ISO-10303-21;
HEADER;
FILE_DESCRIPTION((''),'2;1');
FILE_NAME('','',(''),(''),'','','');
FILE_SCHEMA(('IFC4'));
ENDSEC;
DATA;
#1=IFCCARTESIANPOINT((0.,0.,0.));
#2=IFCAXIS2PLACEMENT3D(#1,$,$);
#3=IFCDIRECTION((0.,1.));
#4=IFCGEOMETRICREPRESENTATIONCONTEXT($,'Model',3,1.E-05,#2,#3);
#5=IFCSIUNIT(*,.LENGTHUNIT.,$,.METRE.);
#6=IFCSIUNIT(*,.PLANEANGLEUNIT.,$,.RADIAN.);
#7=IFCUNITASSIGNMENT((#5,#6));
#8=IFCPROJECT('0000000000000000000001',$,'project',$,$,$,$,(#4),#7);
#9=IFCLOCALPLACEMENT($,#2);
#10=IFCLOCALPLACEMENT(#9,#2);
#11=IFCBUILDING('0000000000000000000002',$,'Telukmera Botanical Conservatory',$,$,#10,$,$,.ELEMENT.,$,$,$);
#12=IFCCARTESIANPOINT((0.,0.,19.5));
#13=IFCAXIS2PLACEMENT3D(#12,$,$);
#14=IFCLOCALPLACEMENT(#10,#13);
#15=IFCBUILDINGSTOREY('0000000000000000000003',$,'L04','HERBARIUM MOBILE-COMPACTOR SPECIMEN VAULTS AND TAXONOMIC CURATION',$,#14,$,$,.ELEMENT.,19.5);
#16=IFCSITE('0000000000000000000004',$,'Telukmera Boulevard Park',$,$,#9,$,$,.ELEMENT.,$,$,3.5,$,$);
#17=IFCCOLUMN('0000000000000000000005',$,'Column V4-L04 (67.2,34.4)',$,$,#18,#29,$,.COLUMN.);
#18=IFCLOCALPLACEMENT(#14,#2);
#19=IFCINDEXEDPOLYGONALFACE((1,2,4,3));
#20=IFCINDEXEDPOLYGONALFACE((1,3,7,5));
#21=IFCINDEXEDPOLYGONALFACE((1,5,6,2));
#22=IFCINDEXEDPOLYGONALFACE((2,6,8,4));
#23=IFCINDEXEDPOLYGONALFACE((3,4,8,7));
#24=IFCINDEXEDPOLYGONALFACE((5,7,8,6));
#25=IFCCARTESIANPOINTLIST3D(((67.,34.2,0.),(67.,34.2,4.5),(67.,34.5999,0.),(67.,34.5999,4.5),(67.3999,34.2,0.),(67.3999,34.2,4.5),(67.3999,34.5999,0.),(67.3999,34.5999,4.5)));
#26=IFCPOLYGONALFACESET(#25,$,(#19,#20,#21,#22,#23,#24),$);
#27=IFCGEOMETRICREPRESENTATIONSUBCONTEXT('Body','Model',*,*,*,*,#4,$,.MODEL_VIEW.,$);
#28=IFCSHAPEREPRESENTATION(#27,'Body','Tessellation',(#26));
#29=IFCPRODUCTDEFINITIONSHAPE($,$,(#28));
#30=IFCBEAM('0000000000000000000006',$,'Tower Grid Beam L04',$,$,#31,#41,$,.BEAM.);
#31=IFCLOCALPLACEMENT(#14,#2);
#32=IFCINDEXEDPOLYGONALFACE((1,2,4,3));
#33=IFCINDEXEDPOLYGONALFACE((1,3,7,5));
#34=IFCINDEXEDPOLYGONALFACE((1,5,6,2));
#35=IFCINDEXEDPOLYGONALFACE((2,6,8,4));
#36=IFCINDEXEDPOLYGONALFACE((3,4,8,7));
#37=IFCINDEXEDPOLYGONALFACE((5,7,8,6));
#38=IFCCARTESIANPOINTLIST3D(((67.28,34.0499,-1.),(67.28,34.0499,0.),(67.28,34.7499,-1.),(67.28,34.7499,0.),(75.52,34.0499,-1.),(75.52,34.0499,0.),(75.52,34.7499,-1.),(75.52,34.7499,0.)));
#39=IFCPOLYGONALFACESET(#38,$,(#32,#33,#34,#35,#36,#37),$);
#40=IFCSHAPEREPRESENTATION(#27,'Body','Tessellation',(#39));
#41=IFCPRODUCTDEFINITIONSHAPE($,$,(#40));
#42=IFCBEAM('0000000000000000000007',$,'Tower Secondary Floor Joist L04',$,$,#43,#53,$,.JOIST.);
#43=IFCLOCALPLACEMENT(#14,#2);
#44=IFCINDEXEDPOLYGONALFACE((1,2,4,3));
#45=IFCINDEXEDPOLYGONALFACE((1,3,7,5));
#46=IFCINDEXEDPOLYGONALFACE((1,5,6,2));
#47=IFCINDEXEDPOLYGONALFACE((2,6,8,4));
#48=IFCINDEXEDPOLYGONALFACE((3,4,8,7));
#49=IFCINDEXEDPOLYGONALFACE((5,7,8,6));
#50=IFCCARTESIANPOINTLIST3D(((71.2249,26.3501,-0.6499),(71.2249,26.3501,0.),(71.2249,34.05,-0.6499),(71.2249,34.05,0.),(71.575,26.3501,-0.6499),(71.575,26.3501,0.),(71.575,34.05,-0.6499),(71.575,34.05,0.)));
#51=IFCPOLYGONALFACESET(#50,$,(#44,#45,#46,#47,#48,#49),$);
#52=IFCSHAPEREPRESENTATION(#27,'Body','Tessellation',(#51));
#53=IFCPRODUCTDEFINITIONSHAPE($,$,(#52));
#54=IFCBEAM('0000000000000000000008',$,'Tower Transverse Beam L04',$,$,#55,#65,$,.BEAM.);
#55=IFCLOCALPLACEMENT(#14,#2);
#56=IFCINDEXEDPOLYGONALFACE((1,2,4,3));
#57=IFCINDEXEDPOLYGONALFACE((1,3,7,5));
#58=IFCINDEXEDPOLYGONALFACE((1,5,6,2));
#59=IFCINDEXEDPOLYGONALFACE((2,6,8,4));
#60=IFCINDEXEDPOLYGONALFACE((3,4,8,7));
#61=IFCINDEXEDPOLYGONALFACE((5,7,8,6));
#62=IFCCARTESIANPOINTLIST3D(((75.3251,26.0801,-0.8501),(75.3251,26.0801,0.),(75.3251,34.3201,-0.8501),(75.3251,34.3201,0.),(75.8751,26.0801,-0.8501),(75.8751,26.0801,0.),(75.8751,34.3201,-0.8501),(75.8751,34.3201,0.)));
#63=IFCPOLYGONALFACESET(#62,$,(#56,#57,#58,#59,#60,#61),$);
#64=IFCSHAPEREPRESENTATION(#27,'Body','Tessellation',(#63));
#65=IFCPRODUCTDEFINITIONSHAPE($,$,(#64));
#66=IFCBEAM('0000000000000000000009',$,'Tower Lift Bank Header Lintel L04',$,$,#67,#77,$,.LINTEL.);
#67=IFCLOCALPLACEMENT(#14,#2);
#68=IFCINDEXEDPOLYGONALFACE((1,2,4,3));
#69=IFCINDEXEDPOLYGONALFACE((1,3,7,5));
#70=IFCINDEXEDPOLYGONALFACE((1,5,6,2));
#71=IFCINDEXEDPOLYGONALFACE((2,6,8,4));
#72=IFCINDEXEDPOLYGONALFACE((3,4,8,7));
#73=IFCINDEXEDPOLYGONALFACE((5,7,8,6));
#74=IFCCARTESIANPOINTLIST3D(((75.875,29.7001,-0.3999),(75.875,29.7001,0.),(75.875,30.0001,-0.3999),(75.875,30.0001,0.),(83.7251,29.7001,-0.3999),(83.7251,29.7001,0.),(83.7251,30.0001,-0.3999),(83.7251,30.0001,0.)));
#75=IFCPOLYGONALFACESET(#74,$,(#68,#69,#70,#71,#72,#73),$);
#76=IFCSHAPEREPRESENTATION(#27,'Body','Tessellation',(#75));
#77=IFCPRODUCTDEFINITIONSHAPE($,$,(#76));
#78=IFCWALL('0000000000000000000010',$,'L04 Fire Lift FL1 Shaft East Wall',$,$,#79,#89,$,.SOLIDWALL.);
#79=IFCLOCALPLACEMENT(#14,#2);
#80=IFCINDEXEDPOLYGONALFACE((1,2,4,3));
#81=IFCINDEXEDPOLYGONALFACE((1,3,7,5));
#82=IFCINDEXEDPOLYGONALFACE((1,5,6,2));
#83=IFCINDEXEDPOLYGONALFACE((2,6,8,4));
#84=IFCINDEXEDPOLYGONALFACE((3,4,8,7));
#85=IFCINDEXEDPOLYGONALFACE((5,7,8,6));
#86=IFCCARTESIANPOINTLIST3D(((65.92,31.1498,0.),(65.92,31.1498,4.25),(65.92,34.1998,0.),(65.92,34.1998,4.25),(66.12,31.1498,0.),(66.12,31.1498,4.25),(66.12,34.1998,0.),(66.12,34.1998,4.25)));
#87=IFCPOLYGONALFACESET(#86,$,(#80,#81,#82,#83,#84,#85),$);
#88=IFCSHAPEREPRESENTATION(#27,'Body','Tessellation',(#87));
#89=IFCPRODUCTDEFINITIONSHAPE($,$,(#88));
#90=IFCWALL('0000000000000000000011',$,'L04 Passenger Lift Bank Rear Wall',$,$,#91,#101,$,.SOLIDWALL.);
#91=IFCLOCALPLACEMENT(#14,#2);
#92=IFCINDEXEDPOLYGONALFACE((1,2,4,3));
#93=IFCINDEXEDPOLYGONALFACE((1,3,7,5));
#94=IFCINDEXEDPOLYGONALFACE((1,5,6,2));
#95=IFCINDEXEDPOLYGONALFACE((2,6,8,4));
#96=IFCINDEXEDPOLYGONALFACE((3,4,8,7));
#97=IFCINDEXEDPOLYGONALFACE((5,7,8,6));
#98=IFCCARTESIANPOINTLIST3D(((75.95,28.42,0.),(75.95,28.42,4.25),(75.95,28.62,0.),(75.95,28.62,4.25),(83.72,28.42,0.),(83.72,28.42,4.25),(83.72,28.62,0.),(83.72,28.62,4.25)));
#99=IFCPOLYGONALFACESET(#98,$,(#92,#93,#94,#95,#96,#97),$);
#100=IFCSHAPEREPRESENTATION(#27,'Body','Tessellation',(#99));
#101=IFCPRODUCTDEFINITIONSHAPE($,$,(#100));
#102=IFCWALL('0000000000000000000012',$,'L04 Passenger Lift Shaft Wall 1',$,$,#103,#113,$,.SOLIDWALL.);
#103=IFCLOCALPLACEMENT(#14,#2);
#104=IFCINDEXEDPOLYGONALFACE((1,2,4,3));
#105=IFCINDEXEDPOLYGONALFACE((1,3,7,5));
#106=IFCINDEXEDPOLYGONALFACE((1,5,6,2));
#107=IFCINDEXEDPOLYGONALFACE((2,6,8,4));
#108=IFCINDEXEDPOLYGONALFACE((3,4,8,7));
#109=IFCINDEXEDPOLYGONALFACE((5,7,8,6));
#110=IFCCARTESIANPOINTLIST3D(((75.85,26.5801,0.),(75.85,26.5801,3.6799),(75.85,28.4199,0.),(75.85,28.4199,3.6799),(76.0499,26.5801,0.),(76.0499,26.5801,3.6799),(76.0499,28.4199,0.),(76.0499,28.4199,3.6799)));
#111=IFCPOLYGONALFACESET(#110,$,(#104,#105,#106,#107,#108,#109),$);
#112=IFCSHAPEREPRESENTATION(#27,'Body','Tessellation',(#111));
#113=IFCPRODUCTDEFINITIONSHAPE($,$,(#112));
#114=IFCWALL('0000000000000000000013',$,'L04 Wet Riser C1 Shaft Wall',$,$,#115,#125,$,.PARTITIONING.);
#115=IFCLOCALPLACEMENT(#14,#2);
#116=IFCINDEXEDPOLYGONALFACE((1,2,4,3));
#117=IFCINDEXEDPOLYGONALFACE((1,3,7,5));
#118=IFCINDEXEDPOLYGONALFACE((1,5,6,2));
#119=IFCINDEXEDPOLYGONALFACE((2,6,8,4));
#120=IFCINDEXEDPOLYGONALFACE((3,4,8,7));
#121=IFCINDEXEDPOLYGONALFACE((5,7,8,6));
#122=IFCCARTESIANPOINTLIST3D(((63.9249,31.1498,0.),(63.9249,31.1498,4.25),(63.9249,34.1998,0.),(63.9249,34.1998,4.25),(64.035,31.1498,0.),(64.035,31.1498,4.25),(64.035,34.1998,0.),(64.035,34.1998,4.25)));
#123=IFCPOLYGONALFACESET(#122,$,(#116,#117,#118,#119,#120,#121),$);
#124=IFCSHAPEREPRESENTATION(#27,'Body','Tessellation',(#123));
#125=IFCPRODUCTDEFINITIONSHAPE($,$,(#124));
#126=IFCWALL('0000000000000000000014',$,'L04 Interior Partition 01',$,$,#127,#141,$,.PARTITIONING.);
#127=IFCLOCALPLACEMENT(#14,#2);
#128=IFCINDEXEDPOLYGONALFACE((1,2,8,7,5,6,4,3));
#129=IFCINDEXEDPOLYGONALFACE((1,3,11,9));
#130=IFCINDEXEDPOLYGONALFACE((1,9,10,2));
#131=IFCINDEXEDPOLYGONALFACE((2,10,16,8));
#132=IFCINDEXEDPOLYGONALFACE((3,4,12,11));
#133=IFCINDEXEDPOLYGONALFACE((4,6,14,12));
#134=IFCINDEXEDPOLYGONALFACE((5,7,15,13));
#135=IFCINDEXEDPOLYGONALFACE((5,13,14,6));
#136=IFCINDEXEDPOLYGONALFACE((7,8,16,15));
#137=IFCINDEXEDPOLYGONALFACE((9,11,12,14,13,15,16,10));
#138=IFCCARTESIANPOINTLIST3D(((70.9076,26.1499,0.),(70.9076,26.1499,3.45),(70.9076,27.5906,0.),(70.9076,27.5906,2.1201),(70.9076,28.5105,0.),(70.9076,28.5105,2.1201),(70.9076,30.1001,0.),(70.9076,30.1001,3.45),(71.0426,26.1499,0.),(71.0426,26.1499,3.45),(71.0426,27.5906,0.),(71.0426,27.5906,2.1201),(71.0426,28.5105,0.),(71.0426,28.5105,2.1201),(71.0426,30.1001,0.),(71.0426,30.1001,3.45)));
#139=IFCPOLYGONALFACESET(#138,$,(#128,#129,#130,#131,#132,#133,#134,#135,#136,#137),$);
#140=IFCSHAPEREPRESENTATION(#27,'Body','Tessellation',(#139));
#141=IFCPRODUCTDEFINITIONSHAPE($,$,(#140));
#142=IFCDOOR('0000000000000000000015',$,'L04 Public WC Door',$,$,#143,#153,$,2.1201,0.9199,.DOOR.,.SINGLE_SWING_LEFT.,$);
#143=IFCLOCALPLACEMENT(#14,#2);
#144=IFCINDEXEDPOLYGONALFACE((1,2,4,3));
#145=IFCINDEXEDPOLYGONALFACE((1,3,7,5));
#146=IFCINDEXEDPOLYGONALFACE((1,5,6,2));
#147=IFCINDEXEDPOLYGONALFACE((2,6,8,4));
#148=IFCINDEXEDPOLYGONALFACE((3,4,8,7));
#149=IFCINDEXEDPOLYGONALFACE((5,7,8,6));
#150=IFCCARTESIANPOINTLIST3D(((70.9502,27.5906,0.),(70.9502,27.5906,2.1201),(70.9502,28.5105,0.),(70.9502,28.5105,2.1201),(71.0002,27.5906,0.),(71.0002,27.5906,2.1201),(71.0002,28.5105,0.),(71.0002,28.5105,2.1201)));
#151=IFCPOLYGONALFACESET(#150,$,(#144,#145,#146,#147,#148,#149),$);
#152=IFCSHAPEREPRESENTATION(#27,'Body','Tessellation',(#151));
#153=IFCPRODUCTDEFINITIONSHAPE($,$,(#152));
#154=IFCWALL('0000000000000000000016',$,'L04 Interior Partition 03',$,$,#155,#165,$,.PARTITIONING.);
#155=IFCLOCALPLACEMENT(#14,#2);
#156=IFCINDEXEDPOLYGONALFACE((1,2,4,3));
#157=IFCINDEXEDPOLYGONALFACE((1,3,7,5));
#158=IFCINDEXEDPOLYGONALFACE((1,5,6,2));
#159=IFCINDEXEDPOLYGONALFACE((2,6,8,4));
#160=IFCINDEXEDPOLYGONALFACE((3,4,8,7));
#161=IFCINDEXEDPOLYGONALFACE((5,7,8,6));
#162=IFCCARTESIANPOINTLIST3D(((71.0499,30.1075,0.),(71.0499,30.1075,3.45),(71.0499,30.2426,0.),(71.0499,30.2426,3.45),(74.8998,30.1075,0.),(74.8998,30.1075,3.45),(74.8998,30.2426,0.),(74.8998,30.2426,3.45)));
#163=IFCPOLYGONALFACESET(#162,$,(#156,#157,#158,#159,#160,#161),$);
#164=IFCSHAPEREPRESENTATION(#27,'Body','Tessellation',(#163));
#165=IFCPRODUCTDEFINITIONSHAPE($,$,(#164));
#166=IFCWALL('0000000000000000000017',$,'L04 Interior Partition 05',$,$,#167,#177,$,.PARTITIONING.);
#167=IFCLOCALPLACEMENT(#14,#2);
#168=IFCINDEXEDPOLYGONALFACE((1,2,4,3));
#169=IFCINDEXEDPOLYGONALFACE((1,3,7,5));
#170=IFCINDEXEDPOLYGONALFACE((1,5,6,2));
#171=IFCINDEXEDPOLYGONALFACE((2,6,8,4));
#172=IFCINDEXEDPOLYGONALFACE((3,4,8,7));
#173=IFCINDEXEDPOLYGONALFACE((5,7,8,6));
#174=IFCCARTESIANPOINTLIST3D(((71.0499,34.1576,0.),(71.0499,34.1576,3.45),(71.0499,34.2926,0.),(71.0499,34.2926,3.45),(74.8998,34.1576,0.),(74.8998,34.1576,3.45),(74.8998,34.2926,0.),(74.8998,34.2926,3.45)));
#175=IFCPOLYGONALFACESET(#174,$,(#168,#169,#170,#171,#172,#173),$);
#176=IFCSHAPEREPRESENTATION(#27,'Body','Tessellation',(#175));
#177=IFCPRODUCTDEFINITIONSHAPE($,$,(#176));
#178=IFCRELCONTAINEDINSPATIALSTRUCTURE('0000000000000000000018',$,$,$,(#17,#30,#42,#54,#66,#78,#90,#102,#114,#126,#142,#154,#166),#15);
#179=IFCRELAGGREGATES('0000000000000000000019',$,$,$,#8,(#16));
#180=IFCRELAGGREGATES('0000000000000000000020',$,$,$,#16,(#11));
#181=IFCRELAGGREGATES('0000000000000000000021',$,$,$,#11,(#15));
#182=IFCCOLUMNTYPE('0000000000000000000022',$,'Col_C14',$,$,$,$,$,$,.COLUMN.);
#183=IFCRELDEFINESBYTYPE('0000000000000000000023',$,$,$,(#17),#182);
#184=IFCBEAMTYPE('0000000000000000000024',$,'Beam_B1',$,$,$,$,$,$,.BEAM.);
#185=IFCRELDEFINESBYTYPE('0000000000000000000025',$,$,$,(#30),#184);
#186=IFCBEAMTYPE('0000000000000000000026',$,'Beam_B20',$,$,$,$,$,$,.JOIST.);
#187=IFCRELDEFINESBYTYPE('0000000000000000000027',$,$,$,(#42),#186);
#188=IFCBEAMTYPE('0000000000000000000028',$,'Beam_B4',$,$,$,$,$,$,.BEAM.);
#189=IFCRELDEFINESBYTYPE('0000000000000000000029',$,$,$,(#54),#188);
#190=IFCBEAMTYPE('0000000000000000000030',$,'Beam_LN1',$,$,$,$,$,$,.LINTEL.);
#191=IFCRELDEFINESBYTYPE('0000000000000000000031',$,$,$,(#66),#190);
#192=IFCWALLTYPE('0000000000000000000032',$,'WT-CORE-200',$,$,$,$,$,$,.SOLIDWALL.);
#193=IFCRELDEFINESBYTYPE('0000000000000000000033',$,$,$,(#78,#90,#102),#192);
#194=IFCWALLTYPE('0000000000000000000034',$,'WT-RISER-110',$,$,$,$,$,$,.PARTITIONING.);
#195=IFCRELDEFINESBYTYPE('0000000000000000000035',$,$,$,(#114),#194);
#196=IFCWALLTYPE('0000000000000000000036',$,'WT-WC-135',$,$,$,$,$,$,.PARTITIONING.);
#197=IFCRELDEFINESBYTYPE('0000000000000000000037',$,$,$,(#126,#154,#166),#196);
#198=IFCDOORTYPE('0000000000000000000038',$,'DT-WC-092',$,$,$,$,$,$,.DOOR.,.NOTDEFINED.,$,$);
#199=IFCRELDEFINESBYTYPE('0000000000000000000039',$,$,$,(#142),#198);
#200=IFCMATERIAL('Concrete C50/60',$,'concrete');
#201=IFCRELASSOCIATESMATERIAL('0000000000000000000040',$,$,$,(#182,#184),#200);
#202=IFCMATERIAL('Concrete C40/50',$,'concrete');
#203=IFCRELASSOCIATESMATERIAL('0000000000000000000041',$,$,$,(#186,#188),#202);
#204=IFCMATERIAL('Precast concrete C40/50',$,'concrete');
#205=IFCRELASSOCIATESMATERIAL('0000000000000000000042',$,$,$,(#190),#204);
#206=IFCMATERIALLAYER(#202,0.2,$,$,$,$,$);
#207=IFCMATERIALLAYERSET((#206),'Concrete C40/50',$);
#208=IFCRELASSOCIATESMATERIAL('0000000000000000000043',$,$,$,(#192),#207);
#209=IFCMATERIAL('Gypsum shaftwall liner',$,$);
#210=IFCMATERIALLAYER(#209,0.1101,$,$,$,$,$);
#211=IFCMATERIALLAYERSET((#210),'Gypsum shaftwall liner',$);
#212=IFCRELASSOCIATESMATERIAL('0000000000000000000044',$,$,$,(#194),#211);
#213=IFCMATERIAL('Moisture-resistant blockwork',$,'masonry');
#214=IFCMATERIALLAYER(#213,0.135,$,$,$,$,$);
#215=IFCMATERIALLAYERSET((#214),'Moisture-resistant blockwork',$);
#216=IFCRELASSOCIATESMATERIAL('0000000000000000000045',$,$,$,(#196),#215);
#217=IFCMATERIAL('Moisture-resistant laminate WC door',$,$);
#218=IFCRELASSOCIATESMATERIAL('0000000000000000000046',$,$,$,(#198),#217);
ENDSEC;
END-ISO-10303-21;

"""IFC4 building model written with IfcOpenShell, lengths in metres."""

from ifc_helpers import new_model, si_unit, direction, frame, frame_2d, origin, origin_2d, place, context, subcontext, project, spatial, rectangle, extrude, material, layer, layer_set, material_profile, profile_set, type_object, element, fill, save


model = new_model("IFC4")

# Units and contexts
model_context = context("Model", 3, precision=1e-05, world=origin(), true_north=direction((0.0, 1.0)))
body_context = subcontext(model_context, "Body", "Model", "MODEL_VIEW")
ifc_project = project(units=[si_unit("LENGTHUNIT", "METRE"), si_unit("PLANEANGLEUNIT", "RADIAN")], contexts=[model_context])

# Site, building, storey
site_placement = place(None, origin())
site = spatial("IfcSite", under=ifc_project, at=site_placement, Name="Telukmera Boulevard Park", CompositionType="ELEMENT", RefElevation=3.5)
building_placement = place(site_placement, origin())
building = spatial("IfcBuilding", under=site, at=building_placement, Name="Telukmera Botanical Conservatory", CompositionType="ELEMENT")
storey_placement = place(building_placement, frame((0.0, 0.0, 19.5)))
storey = spatial("IfcBuildingStorey", under=building, at=storey_placement, Name="L04", Description="HERBARIUM MOBILE-COMPACTOR SPECIMEN VAULTS AND TAXONOMIC CURATION", CompositionType="ELEMENT", Elevation=19.5)

# Column
ifc_material_1 = material(Name="Concrete C50/60", Category="concrete")
ifc_material_profile_1 = material_profile(ifc_material_1, rectangle(XDim=0.3999, YDim=0.3999, at=origin_2d()), Name="RC 400x400")
ifc_profile_set_1 = profile_set([ifc_material_profile_1], Name="Concrete C50/60")
column_type = type_object("IfcColumnType", Name="Col_C14", PredefinedType="COLUMN", material=ifc_profile_set_1)
column_placement = place(storey_placement, frame((67.2, 34.3999, 0.0), z_axis=(0.0, 0.0, 1.0), x_axis=(1.0, 0.0, 0.0)))
element("IfcColumn", 1, at=column_placement, inside=storey, type_object=column_type, Name="Column V4-L04 (67.2,34.4)", PredefinedType="COLUMN", context=body_context, shape_type="SweptSolid", body=[
    extrude(rectangle(XDim=0.3999, YDim=0.3999, at=origin_2d()), origin(), (0.0, 0.0, 1.0), 4.5),
])

# Beams
ifc_material_profile_2 = material_profile(ifc_material_1, rectangle(XDim=0.7, YDim=1.0, at=origin_2d()), Name="RC 700x1000")
ifc_profile_set_2 = profile_set([ifc_material_profile_2], Name="Concrete C50/60")
beam_type_1 = type_object("IfcBeamType", Name="Beam_B1", PredefinedType="BEAM", material=ifc_profile_set_2)
beam_1_placement = place(storey_placement, frame((67.28, 34.3999, -0.5), z_axis=(1.0, 0.0, 0.0), x_axis=(0.0, 1.0, 0.0)))
element("IfcBeam", 2, at=beam_1_placement, inside=storey, type_object=beam_type_1, Name="Tower Grid Beam L04", PredefinedType="BEAM", context=body_context, shape_type="SweptSolid", body=[
    extrude(rectangle(XDim=0.7, YDim=1.0, at=origin_2d()), origin(), (0.0, 0.0, 1.0), 8.24),
])
ifc_material_2 = material(Name="Concrete C40/50", Category="concrete")
ifc_material_profile_3 = material_profile(ifc_material_2, rectangle(XDim=0.3501, YDim=0.6499, at=origin_2d()), Name="RC 350x650")
ifc_profile_set_3 = profile_set([ifc_material_profile_3], Name="Concrete C40/50")
beam_type_2 = type_object("IfcBeamType", Name="Beam_B20", PredefinedType="JOIST", material=ifc_profile_set_3)
beam_2_placement = place(storey_placement, frame((71.3999, 26.3501, -0.325), z_axis=(0.0, 1.0, 0.0), x_axis=(-1.0, 0.0, 0.0)))
element("IfcBeam", 3, at=beam_2_placement, inside=storey, type_object=beam_type_2, Name="Tower Secondary Floor Joist L04", PredefinedType="JOIST", context=body_context, shape_type="SweptSolid", body=[
    extrude(rectangle(XDim=0.3501, YDim=0.6499, at=origin_2d()), origin(), (0.0, 0.0, 1.0), 7.7),
])
ifc_material_profile_4 = material_profile(ifc_material_2, rectangle(XDim=0.55, YDim=0.8501, at=origin_2d()), Name="RC 550x850")
ifc_profile_set_4 = profile_set([ifc_material_profile_4], Name="Concrete C40/50")
beam_type_3 = type_object("IfcBeamType", Name="Beam_B4", PredefinedType="BEAM", material=ifc_profile_set_4)
beam_3_placement = place(storey_placement, frame((75.6001, 26.0801, -0.425), z_axis=(0.0, 1.0, 0.0), x_axis=(-1.0, 0.0, 0.0)))
element("IfcBeam", 4, at=beam_3_placement, inside=storey, type_object=beam_type_3, Name="Tower Transverse Beam L04", PredefinedType="BEAM", context=body_context, shape_type="SweptSolid", body=[
    extrude(rectangle(XDim=0.55, YDim=0.8501, at=origin_2d()), origin(), (0.0, 0.0, 1.0), 8.24),
])
ifc_material_3 = material(Name="Precast concrete C40/50", Category="concrete")
ifc_material_profile_5 = material_profile(ifc_material_3, rectangle(XDim=0.3, YDim=0.3999, at=origin_2d()), Name="PC 300x400")
ifc_profile_set_5 = profile_set([ifc_material_profile_5], Name="Precast concrete C40/50")
beam_type_4 = type_object("IfcBeamType", Name="Beam_LN1", PredefinedType="LINTEL", material=ifc_profile_set_5)
beam_4_placement = place(storey_placement, frame((75.875, 29.8501, -0.2), z_axis=(1.0, 0.0, 0.0), x_axis=(0.0, 1.0, 0.0)))
element("IfcBeam", 5, at=beam_4_placement, inside=storey, type_object=beam_type_4, Name="Tower Lift Bank Header Lintel L04", PredefinedType="LINTEL", context=body_context, shape_type="SweptSolid", body=[
    extrude(rectangle(XDim=0.3, YDim=0.3999, at=origin_2d()), origin(), (0.0, 0.0, 1.0), 7.8501),
])

# Shared definitions
ifc_layer_1 = layer(ifc_material_2, 0.2)
ifc_layer_set_1 = layer_set([ifc_layer_1], Name="Concrete C40/50")
wall_type_1 = type_object("IfcWallType", Name="WT-CORE-200", PredefinedType="SOLIDWALL", material=ifc_layer_set_1)

# Wall
wall_1_placement = place(storey_placement, frame((66.02, 31.1499, 0.0), z_axis=(0.0, 0.0, 1.0), x_axis=(0.0, 1.0, 0.0)))
element("IfcWall", 6, at=wall_1_placement, inside=storey, type_object=wall_type_1, Name="L04 Fire Lift FL1 Shaft East Wall", PredefinedType="SOLIDWALL", context=body_context, shape_type="SweptSolid", body=[
    extrude(rectangle(XDim=3.05, YDim=0.2, at=frame_2d((1.5249, 0.0))), origin(), (0.0, 0.0, 1.0), 4.25),
])

# Walls
wall_2_placement = place(storey_placement, frame((75.95, 28.52, 0.0), z_axis=(0.0, 0.0, 1.0), x_axis=(1.0, 0.0, 0.0)))
element("IfcWall", 7, at=wall_2_placement, inside=storey, type_object=wall_type_1, Name="L04 Passenger Lift Bank Rear Wall", PredefinedType="SOLIDWALL", context=body_context, shape_type="SweptSolid", body=[
    extrude(rectangle(XDim=7.77, YDim=0.2, at=frame_2d((3.885, 0.0))), origin(), (0.0, 0.0, 1.0), 4.25),
])
wall_3_placement = place(storey_placement, frame((75.95, 26.5801, 0.0), z_axis=(0.0, 0.0, 1.0), x_axis=(0.0, 1.0, 0.0)))
element("IfcWall", 8, at=wall_3_placement, inside=storey, type_object=wall_type_1, Name="L04 Passenger Lift Shaft Wall 1", PredefinedType="SOLIDWALL", context=body_context, shape_type="SweptSolid", body=[
    extrude(rectangle(XDim=1.8398, YDim=0.2, at=frame_2d((0.9199, 0.0))), origin(), (0.0, 0.0, 1.0), 3.6799),
])
ifc_material_4 = material(Name="Gypsum shaftwall liner")
ifc_layer_2 = layer(ifc_material_4, 0.1101)
ifc_layer_set_2 = layer_set([ifc_layer_2], Name="Gypsum shaftwall liner")
wall_type_2 = type_object("IfcWallType", Name="WT-RISER-110", PredefinedType="PARTITIONING", material=ifc_layer_set_2)
wall_4_placement = place(storey_placement, frame((63.98, 31.1499, 0.0), z_axis=(0.0, 0.0, 1.0), x_axis=(0.0, 1.0, 0.0)))
element("IfcWall", 9, at=wall_4_placement, inside=storey, type_object=wall_type_2, Name="L04 Wet Riser C1 Shaft Wall", PredefinedType="PARTITIONING", context=body_context, shape_type="SweptSolid", body=[
    extrude(rectangle(XDim=3.05, YDim=0.1101, at=frame_2d((1.5249, 0.0))), origin(), (0.0, 0.0, 1.0), 4.25),
])

# Wall, opening, door
ifc_material_5 = material(Name="Moisture-resistant blockwork", Category="masonry")
ifc_layer_3 = layer(ifc_material_5, 0.135)
ifc_layer_set_3 = layer_set([ifc_layer_3], Name="Moisture-resistant blockwork")
wall_type_3 = type_object("IfcWallType", Name="WT-WC-135", PredefinedType="PARTITIONING", material=ifc_layer_set_3)
wall_5_placement = place(storey_placement, frame((70.9751, 26.1499, 0.0), z_axis=(0.0, 0.0, 1.0), x_axis=(0.0, 1.0, 0.0)))
wall_5 = element("IfcWall", 10, at=wall_5_placement, inside=storey, type_object=wall_type_3, Name="L04 Interior Partition 01", PredefinedType="PARTITIONING", context=body_context, shape_type="SweptSolid", body=[
    extrude(rectangle(XDim=3.9502, YDim=0.135, at=frame_2d((1.9751, 0.0))), origin(), (0.0, 0.0, 1.0), 3.45),
])
opening_1_placement = place(wall_5_placement, frame((1.4407, 0.0, 0.0)))
opening_1 = element("IfcOpeningElement", 11, at=opening_1_placement, cuts=wall_5, PredefinedType="OPENING", context=body_context, shape_type="SweptSolid", body=[
    extrude(rectangle(XDim=0.9199, YDim=2.1201, at=frame_2d((0.46, 1.0601))), frame((0.0, 0.0774, 0.0), z_axis=(0.0, -1.0, 0.0), x_axis=(1.0, 0.0, 0.0)), (0.0, 0.0, 1.0), 0.155),
])
ifc_material_6 = material(Name="Moisture-resistant laminate WC door")
door_type_1 = type_object("IfcDoorType", Name="DT-WC-092", OperationType="NOTDEFINED", PredefinedType="DOOR", material=ifc_material_6)
door_1_placement = place(opening_1_placement, origin())
door_1 = element("IfcDoor", 12, at=door_1_placement, inside=storey, type_object=door_type_1, Name="L04 Public WC Door", OperationType="SINGLE_SWING_LEFT", OverallHeight=2.1201, OverallWidth=0.9199, PredefinedType="DOOR", context=body_context, shape_type="SweptSolid", body=[
    extrude(rectangle(XDim=0.9199, YDim=2.1201, at=frame_2d((0.46, 1.0601))), frame((0.0, 0.0249, 0.0), z_axis=(0.0, -1.0, 0.0), x_axis=(1.0, 0.0, 0.0)), (0.0, 0.0, 1.0), 0.05),
])
fill(opening_1, door_1)

# Walls
for number, where, z_axis, x_axis, name in (
    (13, (71.05, 30.175, 0.0), (0.0, 0.0, 1.0), (1.0, 0.0, 0.0), "L04 Interior Partition 03"),
    (14, (71.05, 34.2251, 0.0), (0.0, 0.0, 1.0), (1.0, 0.0, 0.0), "L04 Interior Partition 05"),
):
    element("IfcWall", number, at=place(storey_placement, frame(where, z_axis=z_axis, x_axis=x_axis)), inside=storey, type_object=wall_type_3, Name=name, PredefinedType="PARTITIONING", context=body_context, shape_type="SweptSolid", body=[
        extrude(rectangle(XDim=3.8499, YDim=0.135, at=frame_2d((1.9248, 0.0))), origin(), (0.0, 0.0, 1.0), 3.45),
    ])

save(model, "model.ifc")
